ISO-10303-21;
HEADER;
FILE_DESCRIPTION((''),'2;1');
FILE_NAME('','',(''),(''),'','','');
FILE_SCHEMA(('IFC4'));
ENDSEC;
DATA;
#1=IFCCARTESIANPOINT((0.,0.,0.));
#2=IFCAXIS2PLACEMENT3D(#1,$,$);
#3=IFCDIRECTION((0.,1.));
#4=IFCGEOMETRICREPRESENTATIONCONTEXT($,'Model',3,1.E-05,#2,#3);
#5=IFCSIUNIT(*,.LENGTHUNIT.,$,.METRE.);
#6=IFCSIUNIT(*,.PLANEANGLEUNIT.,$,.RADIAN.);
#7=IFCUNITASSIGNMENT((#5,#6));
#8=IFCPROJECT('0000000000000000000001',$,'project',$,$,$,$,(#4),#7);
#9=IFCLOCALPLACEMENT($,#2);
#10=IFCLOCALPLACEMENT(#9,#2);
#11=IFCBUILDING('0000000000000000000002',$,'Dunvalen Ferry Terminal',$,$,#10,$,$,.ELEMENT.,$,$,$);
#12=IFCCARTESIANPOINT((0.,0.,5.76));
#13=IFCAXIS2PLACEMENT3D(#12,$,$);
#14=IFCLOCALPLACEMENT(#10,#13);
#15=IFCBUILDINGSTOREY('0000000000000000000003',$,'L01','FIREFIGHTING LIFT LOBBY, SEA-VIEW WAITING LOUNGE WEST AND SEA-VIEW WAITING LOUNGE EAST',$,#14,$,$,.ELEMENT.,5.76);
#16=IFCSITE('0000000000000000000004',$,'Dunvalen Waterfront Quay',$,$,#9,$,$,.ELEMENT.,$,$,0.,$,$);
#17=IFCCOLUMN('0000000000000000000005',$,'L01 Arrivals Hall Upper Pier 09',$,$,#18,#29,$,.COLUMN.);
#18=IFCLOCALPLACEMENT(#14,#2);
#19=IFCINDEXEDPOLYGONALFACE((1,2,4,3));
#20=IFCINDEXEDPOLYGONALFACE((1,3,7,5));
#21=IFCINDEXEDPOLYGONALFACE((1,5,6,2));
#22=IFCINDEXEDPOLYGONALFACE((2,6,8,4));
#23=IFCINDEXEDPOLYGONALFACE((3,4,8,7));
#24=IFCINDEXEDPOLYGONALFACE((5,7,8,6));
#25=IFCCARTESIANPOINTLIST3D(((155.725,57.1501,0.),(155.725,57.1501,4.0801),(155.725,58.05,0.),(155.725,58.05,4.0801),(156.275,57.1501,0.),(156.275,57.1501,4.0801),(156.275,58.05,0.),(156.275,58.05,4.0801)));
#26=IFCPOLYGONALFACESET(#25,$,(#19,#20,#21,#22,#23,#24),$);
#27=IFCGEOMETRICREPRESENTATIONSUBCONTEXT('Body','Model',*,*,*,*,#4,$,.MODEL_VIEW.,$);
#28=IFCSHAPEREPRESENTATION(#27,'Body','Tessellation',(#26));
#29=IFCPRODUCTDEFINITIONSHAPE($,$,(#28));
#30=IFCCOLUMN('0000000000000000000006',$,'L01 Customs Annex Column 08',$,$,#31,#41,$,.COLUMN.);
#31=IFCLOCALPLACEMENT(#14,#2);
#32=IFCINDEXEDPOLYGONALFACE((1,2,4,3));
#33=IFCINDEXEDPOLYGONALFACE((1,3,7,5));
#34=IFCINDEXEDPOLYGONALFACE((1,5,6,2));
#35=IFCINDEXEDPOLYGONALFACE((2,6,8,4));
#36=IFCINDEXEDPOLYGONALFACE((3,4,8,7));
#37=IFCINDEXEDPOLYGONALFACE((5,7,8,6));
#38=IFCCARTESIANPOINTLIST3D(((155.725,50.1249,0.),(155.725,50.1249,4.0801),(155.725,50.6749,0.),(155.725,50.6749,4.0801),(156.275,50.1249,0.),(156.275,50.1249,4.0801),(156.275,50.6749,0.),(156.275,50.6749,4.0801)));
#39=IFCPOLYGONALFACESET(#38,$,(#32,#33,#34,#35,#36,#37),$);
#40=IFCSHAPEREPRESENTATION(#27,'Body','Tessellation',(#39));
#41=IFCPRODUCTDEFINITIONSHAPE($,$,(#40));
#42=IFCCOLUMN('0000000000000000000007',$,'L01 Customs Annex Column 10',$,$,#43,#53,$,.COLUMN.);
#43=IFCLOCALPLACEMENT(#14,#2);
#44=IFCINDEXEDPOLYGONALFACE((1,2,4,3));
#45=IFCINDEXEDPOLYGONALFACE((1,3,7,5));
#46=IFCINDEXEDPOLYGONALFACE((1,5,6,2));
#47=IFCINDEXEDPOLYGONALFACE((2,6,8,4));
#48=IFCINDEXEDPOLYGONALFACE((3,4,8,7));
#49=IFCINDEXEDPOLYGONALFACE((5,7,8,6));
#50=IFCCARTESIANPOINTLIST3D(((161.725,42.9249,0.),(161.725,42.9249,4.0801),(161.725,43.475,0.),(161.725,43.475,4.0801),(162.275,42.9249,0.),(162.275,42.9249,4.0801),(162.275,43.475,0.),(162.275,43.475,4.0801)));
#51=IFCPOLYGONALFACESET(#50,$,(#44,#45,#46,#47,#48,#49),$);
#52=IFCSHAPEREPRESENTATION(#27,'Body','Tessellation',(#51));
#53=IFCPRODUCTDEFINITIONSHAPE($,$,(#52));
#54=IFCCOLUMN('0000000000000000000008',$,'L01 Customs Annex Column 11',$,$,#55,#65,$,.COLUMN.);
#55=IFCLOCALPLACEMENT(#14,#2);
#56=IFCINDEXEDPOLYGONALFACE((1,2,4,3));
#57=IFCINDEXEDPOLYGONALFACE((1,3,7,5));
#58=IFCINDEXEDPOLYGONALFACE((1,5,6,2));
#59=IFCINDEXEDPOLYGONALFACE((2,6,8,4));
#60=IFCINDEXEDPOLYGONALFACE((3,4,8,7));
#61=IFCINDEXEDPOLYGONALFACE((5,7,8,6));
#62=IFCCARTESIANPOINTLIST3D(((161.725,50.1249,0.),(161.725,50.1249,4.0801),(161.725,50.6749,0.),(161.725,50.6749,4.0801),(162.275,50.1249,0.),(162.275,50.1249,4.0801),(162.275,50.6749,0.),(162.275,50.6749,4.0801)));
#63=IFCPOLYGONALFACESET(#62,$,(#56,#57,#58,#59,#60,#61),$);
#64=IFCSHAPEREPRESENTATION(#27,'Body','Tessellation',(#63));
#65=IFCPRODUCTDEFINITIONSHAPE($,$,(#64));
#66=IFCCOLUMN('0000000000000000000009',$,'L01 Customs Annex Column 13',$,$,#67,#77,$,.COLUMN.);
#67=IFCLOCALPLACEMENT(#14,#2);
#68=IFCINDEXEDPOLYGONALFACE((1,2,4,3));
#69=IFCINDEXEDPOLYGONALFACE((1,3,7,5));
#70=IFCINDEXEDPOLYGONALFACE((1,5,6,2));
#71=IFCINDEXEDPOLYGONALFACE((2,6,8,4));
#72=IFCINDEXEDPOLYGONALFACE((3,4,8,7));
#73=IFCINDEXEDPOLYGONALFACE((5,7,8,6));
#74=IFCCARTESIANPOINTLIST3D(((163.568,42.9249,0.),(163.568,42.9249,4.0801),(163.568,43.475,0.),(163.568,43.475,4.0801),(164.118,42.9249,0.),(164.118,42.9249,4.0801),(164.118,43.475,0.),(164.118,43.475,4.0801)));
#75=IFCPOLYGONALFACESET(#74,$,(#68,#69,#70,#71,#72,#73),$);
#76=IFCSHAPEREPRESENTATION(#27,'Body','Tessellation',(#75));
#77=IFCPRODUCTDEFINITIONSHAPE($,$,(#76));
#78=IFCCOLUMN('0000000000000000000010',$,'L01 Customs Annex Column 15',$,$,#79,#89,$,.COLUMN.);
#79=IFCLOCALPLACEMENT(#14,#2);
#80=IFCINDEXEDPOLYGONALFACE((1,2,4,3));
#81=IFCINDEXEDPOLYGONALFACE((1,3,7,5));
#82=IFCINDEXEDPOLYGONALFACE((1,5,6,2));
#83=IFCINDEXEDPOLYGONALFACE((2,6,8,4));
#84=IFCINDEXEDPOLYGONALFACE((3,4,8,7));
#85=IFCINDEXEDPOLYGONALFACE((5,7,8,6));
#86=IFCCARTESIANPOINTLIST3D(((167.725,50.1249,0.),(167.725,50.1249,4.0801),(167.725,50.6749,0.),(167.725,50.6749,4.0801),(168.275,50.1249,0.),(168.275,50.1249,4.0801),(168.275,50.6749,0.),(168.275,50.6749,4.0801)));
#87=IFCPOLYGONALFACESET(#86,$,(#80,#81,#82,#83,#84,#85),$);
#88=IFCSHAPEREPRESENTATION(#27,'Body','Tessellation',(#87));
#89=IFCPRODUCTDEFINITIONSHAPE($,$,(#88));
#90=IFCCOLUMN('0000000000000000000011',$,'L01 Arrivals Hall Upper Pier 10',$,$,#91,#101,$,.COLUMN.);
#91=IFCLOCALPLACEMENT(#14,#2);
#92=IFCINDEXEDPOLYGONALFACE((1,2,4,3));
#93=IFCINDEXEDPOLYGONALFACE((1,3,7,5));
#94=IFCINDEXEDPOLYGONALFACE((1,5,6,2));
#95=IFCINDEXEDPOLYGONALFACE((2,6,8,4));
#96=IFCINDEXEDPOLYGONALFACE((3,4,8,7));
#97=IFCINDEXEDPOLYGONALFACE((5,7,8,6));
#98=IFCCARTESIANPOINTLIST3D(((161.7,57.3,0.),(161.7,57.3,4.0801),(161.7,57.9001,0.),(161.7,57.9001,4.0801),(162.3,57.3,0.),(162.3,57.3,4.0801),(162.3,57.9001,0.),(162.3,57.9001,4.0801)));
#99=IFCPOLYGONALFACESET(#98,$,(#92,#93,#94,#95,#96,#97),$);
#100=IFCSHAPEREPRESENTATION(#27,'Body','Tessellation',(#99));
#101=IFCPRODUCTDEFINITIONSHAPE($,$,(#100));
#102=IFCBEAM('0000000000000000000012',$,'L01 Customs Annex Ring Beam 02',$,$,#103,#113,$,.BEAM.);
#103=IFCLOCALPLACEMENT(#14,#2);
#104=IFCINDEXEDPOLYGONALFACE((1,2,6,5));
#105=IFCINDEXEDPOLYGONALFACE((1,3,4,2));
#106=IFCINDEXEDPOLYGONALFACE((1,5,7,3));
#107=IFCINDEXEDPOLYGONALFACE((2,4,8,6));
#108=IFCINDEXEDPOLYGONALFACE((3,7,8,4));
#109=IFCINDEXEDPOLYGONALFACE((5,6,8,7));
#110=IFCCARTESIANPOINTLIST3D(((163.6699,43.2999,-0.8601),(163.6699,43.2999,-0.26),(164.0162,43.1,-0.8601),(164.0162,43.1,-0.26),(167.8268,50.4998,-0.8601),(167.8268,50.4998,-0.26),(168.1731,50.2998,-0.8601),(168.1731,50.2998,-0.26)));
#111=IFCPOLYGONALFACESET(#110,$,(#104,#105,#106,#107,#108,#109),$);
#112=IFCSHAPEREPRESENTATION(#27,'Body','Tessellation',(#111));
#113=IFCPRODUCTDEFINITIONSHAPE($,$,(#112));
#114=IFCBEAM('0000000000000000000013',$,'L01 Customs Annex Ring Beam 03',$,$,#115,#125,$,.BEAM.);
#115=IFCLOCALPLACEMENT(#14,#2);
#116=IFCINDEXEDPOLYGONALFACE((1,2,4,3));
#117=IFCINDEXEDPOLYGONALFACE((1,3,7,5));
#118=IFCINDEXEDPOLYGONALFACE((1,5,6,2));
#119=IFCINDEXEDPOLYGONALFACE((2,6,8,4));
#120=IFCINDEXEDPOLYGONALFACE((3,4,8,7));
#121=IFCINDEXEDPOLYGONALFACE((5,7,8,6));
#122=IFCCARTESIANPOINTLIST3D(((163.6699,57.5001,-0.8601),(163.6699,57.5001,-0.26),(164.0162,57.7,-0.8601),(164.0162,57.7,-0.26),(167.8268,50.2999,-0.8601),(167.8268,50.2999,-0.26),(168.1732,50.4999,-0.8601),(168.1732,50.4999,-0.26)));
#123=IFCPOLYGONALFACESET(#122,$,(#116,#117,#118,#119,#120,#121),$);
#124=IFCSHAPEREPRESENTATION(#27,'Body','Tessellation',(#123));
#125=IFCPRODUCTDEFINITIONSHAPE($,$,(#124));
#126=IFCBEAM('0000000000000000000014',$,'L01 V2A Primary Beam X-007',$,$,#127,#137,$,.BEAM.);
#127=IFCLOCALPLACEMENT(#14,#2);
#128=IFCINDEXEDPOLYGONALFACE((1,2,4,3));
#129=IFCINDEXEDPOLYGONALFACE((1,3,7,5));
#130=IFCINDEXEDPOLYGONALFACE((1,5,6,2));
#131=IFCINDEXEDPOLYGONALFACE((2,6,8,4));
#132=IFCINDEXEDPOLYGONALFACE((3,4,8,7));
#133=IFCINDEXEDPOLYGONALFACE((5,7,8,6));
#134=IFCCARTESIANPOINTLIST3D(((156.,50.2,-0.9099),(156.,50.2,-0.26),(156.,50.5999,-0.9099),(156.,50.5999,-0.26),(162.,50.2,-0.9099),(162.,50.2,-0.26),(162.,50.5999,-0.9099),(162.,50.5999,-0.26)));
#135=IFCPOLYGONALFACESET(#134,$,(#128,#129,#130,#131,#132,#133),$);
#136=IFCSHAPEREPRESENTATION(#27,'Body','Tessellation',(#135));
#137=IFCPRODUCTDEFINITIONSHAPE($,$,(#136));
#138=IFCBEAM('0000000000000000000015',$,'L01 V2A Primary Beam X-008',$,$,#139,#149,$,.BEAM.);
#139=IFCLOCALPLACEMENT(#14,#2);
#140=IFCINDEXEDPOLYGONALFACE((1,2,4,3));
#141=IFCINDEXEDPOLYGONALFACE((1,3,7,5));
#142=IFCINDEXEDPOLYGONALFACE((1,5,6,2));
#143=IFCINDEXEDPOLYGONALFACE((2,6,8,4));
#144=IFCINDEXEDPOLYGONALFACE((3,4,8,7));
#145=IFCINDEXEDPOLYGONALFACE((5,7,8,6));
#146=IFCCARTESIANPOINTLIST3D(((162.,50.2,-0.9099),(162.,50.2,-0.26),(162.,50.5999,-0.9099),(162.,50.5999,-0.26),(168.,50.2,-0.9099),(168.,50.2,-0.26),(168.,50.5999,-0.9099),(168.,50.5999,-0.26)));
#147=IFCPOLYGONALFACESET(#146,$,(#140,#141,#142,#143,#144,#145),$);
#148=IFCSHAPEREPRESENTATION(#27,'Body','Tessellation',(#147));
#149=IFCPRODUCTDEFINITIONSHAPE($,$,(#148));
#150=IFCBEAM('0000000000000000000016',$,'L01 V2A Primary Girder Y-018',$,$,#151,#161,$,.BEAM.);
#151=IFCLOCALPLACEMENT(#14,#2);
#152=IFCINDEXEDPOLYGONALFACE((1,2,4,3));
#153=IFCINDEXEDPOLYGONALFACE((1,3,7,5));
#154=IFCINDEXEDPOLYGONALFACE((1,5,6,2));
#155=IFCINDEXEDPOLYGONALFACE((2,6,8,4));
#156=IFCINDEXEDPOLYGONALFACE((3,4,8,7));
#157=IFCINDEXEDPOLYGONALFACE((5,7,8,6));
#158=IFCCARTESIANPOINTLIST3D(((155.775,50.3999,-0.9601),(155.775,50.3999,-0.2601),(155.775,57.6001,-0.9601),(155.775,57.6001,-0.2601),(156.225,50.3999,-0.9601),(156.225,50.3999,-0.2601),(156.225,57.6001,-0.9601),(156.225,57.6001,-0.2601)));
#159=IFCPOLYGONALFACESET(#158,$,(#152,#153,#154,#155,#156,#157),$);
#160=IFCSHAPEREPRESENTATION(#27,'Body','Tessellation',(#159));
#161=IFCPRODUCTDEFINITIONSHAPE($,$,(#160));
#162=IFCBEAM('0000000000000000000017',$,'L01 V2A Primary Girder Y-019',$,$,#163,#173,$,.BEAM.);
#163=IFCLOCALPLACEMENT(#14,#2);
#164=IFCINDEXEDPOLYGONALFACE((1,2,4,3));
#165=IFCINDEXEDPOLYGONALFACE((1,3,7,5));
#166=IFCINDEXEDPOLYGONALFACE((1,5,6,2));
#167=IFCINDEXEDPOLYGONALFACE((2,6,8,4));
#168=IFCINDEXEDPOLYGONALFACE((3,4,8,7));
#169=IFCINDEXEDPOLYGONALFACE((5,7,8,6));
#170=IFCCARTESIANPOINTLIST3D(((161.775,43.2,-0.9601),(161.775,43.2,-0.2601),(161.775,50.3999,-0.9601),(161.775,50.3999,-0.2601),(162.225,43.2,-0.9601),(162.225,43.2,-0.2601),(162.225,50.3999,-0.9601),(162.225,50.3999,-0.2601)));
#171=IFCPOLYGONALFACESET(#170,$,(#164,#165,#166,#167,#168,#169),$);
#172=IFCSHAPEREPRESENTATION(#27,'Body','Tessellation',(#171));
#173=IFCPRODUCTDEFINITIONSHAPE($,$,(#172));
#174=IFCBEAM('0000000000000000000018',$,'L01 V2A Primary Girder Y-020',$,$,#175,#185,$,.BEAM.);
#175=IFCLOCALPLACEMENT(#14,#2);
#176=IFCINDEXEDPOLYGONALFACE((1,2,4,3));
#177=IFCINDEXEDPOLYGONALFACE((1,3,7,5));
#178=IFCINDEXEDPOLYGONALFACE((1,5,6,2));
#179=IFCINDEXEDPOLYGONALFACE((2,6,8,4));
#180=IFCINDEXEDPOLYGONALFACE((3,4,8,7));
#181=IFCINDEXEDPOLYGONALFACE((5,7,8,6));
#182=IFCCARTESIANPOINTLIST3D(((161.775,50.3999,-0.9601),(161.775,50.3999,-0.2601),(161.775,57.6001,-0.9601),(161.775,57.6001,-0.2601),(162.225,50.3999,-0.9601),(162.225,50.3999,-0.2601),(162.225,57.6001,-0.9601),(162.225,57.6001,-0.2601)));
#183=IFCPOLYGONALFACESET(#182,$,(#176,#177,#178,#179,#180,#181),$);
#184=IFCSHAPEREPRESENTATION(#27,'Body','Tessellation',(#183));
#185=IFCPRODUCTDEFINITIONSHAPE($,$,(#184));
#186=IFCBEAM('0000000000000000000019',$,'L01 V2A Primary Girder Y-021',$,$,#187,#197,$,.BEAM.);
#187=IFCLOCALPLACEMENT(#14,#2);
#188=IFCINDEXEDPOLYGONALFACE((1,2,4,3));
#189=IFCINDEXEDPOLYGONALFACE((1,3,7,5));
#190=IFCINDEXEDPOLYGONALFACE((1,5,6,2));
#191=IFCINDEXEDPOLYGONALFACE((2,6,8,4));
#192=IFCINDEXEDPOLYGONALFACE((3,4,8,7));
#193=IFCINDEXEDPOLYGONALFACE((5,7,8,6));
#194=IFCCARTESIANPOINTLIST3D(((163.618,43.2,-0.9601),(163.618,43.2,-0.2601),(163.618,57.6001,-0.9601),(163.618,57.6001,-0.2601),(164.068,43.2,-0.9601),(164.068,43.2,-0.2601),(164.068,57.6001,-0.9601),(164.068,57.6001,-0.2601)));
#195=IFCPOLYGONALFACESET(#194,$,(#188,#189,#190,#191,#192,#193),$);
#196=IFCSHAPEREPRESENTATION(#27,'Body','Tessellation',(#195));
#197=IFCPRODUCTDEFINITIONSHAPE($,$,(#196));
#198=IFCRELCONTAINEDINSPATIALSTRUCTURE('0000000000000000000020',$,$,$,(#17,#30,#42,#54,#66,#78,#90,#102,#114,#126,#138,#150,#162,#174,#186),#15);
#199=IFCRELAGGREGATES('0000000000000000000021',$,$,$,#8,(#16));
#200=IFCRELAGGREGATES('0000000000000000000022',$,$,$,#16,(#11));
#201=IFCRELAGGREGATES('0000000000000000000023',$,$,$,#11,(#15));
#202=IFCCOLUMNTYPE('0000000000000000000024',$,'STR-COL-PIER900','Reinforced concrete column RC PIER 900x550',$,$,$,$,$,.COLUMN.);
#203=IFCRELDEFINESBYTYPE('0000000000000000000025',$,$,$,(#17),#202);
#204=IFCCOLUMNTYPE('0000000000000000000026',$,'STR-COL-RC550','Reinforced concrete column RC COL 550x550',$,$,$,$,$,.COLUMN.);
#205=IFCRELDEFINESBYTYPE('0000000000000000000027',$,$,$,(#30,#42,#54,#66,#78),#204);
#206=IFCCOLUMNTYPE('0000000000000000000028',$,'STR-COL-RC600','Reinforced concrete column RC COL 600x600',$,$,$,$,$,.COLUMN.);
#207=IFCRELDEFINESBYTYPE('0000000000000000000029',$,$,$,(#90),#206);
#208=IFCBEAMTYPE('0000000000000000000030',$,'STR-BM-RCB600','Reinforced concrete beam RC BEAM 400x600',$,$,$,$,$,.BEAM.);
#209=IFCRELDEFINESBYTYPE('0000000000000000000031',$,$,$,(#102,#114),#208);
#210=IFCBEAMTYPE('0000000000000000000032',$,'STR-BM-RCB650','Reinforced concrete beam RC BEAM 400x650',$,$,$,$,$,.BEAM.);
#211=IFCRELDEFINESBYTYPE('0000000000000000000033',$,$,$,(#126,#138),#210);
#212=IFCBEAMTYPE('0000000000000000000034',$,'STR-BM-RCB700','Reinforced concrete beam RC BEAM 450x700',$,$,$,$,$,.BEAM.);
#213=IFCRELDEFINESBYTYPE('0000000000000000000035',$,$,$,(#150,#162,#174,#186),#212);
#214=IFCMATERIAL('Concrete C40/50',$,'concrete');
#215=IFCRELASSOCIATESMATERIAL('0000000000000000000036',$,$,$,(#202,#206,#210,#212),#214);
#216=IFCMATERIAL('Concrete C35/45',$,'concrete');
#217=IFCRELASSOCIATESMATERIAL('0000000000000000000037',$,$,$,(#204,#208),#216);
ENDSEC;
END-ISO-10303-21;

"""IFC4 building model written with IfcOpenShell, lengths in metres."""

from ifc_helpers import new_model, si_unit, direction, frame, origin, origin_2d, place, context, subcontext, project, spatial, rectangle, extrude, material, material_profile, profile_set, type_object, element, save


model = new_model("IFC4")

# Units and contexts
model_context = context("Model", 3, precision=1e-05, world=origin(), true_north=direction((0.0, 1.0)))
body_context = subcontext(model_context, "Body", "Model", "MODEL_VIEW")
ifc_project = project(units=[si_unit("LENGTHUNIT", "METRE"), si_unit("PLANEANGLEUNIT", "RADIAN")], contexts=[model_context])

# Site, building, storey
site_placement = place(None, origin())
site = spatial("IfcSite", under=ifc_project, at=site_placement, Name="Dunvalen Waterfront Quay", CompositionType="ELEMENT", RefElevation=0.0)
building_placement = place(site_placement, origin())
building = spatial("IfcBuilding", under=site, at=building_placement, Name="Dunvalen Ferry Terminal", CompositionType="ELEMENT")
storey_placement = place(building_placement, frame((0.0, 0.0, 5.76)))
storey = spatial("IfcBuildingStorey", under=building, at=storey_placement, Name="L01", Description="FIREFIGHTING LIFT LOBBY, SEA-VIEW WAITING LOUNGE WEST AND SEA-VIEW WAITING LOUNGE EAST", CompositionType="ELEMENT", Elevation=5.76)

# Columns
ifc_material_1 = material(Name="Concrete C40/50", Category="concrete")
ifc_material_profile_1 = material_profile(ifc_material_1, rectangle(XDim=0.55, YDim=0.8999, at=origin_2d()), Name="Concrete C40/50")
ifc_profile_set_1 = profile_set([ifc_material_profile_1], Name="Concrete C40/50")
column_type_1 = type_object("IfcColumnType", Name="STR-COL-PIER900", Description="Reinforced concrete column RC PIER 900x550", PredefinedType="COLUMN", material=ifc_profile_set_1)
column_1_placement = place(storey_placement, frame((156.0, 57.6001, 0.0), z_axis=(0.0, 0.0, 1.0), x_axis=(1.0, 0.0, 0.0)))
element("IfcColumn", 1, at=column_1_placement, inside=storey, type_object=column_type_1, Name="L01 Arrivals Hall Upper Pier 09", PredefinedType="COLUMN", context=body_context, shape_type="SweptSolid", body=[
    extrude(rectangle(XDim=0.55, YDim=0.8999, at=origin_2d()), origin(), (0.0, 0.0, 1.0), 4.0801),
])
ifc_material_2 = material(Name="Concrete C35/45", Category="concrete")
ifc_material_profile_2 = material_profile(ifc_material_2, rectangle(XDim=0.55, YDim=0.55, at=origin_2d()), Name="Concrete C35/45")
ifc_profile_set_2 = profile_set([ifc_material_profile_2], Name="Concrete C35/45")
column_type_2 = type_object("IfcColumnType", Name="STR-COL-RC550", Description="Reinforced concrete column RC COL 550x550", PredefinedType="COLUMN", material=ifc_profile_set_2)
for number, where, z_axis, x_axis, name in (
    (2, (156.0, 50.3999, 0.0), (0.0, 0.0, 1.0), (1.0, 0.0, 0.0), "L01 Customs Annex Column 08"),
    (3, (162.0, 43.2, 0.0), (0.0, 0.0, 1.0), (1.0, 0.0, 0.0), "L01 Customs Annex Column 10"),
    (4, (162.0, 50.3999, 0.0), (0.0, 0.0, 1.0), (1.0, 0.0, 0.0), "L01 Customs Annex Column 11"),
    (5, (163.843, 43.2, 0.0), (0.0, 0.0, 1.0), (1.0, 0.0, 0.0), "L01 Customs Annex Column 13"),
    (6, (168.0, 50.3999, 0.0), (0.0, 0.0, 1.0), (1.0, 0.0, 0.0), "L01 Customs Annex Column 15"),
):
    element("IfcColumn", number, at=place(storey_placement, frame(where, z_axis=z_axis, x_axis=x_axis)), inside=storey, type_object=column_type_2, Name=name, PredefinedType="COLUMN", context=body_context, shape_type="SweptSolid", body=[
        extrude(rectangle(XDim=0.55, YDim=0.55, at=origin_2d()), origin(), (0.0, 0.0, 1.0), 4.0801),
    ])
ifc_material_profile_3 = material_profile(ifc_material_1, rectangle(XDim=0.6001, YDim=0.6001, at=origin_2d()), Name="Concrete C40/50")
ifc_profile_set_3 = profile_set([ifc_material_profile_3], Name="Concrete C40/50")
column_type_3 = type_object("IfcColumnType", Name="STR-COL-RC600", Description="Reinforced concrete column RC COL 600x600", PredefinedType="COLUMN", material=ifc_profile_set_3)
column_2_placement = place(storey_placement, frame((162.0, 57.6001, 0.0), z_axis=(0.0, 0.0, 1.0), x_axis=(1.0, 0.0, 0.0)))
element("IfcColumn", 7, at=column_2_placement, inside=storey, type_object=column_type_3, Name="L01 Arrivals Hall Upper Pier 10", PredefinedType="COLUMN", context=body_context, shape_type="SweptSolid", body=[
    extrude(rectangle(XDim=0.6001, YDim=0.6001, at=origin_2d()), origin(), (0.0, 0.0, 1.0), 4.0801),
])

# Beams
ifc_material_profile_4 = material_profile(ifc_material_2, rectangle(XDim=0.3999, YDim=0.6001, at=origin_2d()), Name="Concrete C35/45")
ifc_profile_set_4 = profile_set([ifc_material_profile_4], Name="Concrete C35/45")
beam_type_1 = type_object("IfcBeamType", Name="STR-BM-RCB600", Description="Reinforced concrete beam RC BEAM 400x600", PredefinedType="BEAM", material=ifc_profile_set_4)
beam_1_placement = place(storey_placement, frame((163.843, 43.2, -0.5601), z_axis=(0.500008, 0.866021, 0.0), x_axis=(-0.866021, 0.500008, 0.0)))
element("IfcBeam", 8, at=beam_1_placement, inside=storey, type_object=beam_type_1, Name="L01 Customs Annex Ring Beam 02", PredefinedType="BEAM", context=body_context, shape_type="SweptSolid", body=[
    extrude(rectangle(XDim=0.3999, YDim=0.6001, at=origin_2d()), origin(), (0.0, 0.0, 1.0), 8.3137),
])
beam_2_placement = place(storey_placement, frame((168.0, 50.3999, -0.5601), z_axis=(-0.499995, 0.866028, 0.0), x_axis=(-0.866028, -0.499995, 0.0)))
element("IfcBeam", 9, at=beam_2_placement, inside=storey, type_object=beam_type_1, Name="L01 Customs Annex Ring Beam 03", PredefinedType="BEAM", context=body_context, shape_type="SweptSolid", body=[
    extrude(rectangle(XDim=0.3999, YDim=0.6001, at=origin_2d()), origin(), (0.0, 0.0, 1.0), 8.314),
])
ifc_material_profile_5 = material_profile(ifc_material_1, rectangle(XDim=0.3999, YDim=0.6499, at=origin_2d()), Name="Concrete C40/50")
ifc_profile_set_5 = profile_set([ifc_material_profile_5], Name="Concrete C40/50")
beam_type_2 = type_object("IfcBeamType", Name="STR-BM-RCB650", Description="Reinforced concrete beam RC BEAM 400x650", PredefinedType="BEAM", material=ifc_profile_set_5)
for number, where, z_axis, x_axis, name in (
    (10, (156.0, 50.3999, -0.585), (1.0, 0.0, 0.0), (0.0, 1.0, 0.0), "L01 V2A Primary Beam X-007"),
    (11, (162.0, 50.3999, -0.585), (1.0, 0.0, 0.0), (0.0, 1.0, 0.0), "L01 V2A Primary Beam X-008"),
):
    element("IfcBeam", number, at=place(storey_placement, frame(where, z_axis=z_axis, x_axis=x_axis)), inside=storey, type_object=beam_type_2, Name=name, PredefinedType="BEAM", context=body_context, shape_type="SweptSolid", body=[
        extrude(rectangle(XDim=0.3999, YDim=0.6499, at=origin_2d()), origin(), (0.0, 0.0, 1.0), 6.0),
    ])
ifc_material_profile_6 = material_profile(ifc_material_1, rectangle(XDim=0.45, YDim=0.7, at=origin_2d()), Name="Concrete C40/50")
ifc_profile_set_6 = profile_set([ifc_material_profile_6], Name="Concrete C40/50")
beam_type_3 = type_object("IfcBeamType", Name="STR-BM-RCB700", Description="Reinforced concrete beam RC BEAM 450x700", PredefinedType="BEAM", material=ifc_profile_set_6)
beam_3_placement = place(storey_placement, frame((156.0, 50.3999, -0.6101), z_axis=(0.0, 1.0, 0.0), x_axis=(-1.0, 0.0, 0.0)))
element("IfcBeam", 12, at=beam_3_placement, inside=storey, type_object=beam_type_3, Name="L01 V2A Primary Girder Y-018", PredefinedType="BEAM", context=body_context, shape_type="SweptSolid", body=[
    extrude(rectangle(XDim=0.45, YDim=0.7, at=origin_2d()), origin(), (0.0, 0.0, 1.0), 7.2002),
])
beam_4_placement = place(storey_placement, frame((162.0, 43.2, -0.6101), z_axis=(0.0, 1.0, 0.0), x_axis=(-1.0, 0.0, 0.0)))
element("IfcBeam", 13, at=beam_4_placement, inside=storey, type_object=beam_type_3, Name="L01 V2A Primary Girder Y-019", PredefinedType="BEAM", context=body_context, shape_type="SweptSolid", body=[
    extrude(rectangle(XDim=0.45, YDim=0.7, at=origin_2d()), origin(), (0.0, 0.0, 1.0), 7.2),
])
beam_5_placement = place(storey_placement, frame((162.0, 50.3999, -0.6101), z_axis=(0.0, 1.0, 0.0), x_axis=(-1.0, 0.0, 0.0)))
element("IfcBeam", 14, at=beam_5_placement, inside=storey, type_object=beam_type_3, Name="L01 V2A Primary Girder Y-020", PredefinedType="BEAM", context=body_context, shape_type="SweptSolid", body=[
    extrude(rectangle(XDim=0.45, YDim=0.7, at=origin_2d()), origin(), (0.0, 0.0, 1.0), 7.2002),
])
beam_6_placement = place(storey_placement, frame((163.843, 43.2, -0.6101), z_axis=(0.0, 1.0, 0.0), x_axis=(-1.0, 0.0, 0.0)))
element("IfcBeam", 15, at=beam_6_placement, inside=storey, type_object=beam_type_3, Name="L01 V2A Primary Girder Y-021", PredefinedType="BEAM", context=body_context, shape_type="SweptSolid", body=[
    extrude(rectangle(XDim=0.45, YDim=0.7, at=origin_2d()), origin(), (0.0, 0.0, 1.0), 14.4001),
])

save(model, "model.ifc")
